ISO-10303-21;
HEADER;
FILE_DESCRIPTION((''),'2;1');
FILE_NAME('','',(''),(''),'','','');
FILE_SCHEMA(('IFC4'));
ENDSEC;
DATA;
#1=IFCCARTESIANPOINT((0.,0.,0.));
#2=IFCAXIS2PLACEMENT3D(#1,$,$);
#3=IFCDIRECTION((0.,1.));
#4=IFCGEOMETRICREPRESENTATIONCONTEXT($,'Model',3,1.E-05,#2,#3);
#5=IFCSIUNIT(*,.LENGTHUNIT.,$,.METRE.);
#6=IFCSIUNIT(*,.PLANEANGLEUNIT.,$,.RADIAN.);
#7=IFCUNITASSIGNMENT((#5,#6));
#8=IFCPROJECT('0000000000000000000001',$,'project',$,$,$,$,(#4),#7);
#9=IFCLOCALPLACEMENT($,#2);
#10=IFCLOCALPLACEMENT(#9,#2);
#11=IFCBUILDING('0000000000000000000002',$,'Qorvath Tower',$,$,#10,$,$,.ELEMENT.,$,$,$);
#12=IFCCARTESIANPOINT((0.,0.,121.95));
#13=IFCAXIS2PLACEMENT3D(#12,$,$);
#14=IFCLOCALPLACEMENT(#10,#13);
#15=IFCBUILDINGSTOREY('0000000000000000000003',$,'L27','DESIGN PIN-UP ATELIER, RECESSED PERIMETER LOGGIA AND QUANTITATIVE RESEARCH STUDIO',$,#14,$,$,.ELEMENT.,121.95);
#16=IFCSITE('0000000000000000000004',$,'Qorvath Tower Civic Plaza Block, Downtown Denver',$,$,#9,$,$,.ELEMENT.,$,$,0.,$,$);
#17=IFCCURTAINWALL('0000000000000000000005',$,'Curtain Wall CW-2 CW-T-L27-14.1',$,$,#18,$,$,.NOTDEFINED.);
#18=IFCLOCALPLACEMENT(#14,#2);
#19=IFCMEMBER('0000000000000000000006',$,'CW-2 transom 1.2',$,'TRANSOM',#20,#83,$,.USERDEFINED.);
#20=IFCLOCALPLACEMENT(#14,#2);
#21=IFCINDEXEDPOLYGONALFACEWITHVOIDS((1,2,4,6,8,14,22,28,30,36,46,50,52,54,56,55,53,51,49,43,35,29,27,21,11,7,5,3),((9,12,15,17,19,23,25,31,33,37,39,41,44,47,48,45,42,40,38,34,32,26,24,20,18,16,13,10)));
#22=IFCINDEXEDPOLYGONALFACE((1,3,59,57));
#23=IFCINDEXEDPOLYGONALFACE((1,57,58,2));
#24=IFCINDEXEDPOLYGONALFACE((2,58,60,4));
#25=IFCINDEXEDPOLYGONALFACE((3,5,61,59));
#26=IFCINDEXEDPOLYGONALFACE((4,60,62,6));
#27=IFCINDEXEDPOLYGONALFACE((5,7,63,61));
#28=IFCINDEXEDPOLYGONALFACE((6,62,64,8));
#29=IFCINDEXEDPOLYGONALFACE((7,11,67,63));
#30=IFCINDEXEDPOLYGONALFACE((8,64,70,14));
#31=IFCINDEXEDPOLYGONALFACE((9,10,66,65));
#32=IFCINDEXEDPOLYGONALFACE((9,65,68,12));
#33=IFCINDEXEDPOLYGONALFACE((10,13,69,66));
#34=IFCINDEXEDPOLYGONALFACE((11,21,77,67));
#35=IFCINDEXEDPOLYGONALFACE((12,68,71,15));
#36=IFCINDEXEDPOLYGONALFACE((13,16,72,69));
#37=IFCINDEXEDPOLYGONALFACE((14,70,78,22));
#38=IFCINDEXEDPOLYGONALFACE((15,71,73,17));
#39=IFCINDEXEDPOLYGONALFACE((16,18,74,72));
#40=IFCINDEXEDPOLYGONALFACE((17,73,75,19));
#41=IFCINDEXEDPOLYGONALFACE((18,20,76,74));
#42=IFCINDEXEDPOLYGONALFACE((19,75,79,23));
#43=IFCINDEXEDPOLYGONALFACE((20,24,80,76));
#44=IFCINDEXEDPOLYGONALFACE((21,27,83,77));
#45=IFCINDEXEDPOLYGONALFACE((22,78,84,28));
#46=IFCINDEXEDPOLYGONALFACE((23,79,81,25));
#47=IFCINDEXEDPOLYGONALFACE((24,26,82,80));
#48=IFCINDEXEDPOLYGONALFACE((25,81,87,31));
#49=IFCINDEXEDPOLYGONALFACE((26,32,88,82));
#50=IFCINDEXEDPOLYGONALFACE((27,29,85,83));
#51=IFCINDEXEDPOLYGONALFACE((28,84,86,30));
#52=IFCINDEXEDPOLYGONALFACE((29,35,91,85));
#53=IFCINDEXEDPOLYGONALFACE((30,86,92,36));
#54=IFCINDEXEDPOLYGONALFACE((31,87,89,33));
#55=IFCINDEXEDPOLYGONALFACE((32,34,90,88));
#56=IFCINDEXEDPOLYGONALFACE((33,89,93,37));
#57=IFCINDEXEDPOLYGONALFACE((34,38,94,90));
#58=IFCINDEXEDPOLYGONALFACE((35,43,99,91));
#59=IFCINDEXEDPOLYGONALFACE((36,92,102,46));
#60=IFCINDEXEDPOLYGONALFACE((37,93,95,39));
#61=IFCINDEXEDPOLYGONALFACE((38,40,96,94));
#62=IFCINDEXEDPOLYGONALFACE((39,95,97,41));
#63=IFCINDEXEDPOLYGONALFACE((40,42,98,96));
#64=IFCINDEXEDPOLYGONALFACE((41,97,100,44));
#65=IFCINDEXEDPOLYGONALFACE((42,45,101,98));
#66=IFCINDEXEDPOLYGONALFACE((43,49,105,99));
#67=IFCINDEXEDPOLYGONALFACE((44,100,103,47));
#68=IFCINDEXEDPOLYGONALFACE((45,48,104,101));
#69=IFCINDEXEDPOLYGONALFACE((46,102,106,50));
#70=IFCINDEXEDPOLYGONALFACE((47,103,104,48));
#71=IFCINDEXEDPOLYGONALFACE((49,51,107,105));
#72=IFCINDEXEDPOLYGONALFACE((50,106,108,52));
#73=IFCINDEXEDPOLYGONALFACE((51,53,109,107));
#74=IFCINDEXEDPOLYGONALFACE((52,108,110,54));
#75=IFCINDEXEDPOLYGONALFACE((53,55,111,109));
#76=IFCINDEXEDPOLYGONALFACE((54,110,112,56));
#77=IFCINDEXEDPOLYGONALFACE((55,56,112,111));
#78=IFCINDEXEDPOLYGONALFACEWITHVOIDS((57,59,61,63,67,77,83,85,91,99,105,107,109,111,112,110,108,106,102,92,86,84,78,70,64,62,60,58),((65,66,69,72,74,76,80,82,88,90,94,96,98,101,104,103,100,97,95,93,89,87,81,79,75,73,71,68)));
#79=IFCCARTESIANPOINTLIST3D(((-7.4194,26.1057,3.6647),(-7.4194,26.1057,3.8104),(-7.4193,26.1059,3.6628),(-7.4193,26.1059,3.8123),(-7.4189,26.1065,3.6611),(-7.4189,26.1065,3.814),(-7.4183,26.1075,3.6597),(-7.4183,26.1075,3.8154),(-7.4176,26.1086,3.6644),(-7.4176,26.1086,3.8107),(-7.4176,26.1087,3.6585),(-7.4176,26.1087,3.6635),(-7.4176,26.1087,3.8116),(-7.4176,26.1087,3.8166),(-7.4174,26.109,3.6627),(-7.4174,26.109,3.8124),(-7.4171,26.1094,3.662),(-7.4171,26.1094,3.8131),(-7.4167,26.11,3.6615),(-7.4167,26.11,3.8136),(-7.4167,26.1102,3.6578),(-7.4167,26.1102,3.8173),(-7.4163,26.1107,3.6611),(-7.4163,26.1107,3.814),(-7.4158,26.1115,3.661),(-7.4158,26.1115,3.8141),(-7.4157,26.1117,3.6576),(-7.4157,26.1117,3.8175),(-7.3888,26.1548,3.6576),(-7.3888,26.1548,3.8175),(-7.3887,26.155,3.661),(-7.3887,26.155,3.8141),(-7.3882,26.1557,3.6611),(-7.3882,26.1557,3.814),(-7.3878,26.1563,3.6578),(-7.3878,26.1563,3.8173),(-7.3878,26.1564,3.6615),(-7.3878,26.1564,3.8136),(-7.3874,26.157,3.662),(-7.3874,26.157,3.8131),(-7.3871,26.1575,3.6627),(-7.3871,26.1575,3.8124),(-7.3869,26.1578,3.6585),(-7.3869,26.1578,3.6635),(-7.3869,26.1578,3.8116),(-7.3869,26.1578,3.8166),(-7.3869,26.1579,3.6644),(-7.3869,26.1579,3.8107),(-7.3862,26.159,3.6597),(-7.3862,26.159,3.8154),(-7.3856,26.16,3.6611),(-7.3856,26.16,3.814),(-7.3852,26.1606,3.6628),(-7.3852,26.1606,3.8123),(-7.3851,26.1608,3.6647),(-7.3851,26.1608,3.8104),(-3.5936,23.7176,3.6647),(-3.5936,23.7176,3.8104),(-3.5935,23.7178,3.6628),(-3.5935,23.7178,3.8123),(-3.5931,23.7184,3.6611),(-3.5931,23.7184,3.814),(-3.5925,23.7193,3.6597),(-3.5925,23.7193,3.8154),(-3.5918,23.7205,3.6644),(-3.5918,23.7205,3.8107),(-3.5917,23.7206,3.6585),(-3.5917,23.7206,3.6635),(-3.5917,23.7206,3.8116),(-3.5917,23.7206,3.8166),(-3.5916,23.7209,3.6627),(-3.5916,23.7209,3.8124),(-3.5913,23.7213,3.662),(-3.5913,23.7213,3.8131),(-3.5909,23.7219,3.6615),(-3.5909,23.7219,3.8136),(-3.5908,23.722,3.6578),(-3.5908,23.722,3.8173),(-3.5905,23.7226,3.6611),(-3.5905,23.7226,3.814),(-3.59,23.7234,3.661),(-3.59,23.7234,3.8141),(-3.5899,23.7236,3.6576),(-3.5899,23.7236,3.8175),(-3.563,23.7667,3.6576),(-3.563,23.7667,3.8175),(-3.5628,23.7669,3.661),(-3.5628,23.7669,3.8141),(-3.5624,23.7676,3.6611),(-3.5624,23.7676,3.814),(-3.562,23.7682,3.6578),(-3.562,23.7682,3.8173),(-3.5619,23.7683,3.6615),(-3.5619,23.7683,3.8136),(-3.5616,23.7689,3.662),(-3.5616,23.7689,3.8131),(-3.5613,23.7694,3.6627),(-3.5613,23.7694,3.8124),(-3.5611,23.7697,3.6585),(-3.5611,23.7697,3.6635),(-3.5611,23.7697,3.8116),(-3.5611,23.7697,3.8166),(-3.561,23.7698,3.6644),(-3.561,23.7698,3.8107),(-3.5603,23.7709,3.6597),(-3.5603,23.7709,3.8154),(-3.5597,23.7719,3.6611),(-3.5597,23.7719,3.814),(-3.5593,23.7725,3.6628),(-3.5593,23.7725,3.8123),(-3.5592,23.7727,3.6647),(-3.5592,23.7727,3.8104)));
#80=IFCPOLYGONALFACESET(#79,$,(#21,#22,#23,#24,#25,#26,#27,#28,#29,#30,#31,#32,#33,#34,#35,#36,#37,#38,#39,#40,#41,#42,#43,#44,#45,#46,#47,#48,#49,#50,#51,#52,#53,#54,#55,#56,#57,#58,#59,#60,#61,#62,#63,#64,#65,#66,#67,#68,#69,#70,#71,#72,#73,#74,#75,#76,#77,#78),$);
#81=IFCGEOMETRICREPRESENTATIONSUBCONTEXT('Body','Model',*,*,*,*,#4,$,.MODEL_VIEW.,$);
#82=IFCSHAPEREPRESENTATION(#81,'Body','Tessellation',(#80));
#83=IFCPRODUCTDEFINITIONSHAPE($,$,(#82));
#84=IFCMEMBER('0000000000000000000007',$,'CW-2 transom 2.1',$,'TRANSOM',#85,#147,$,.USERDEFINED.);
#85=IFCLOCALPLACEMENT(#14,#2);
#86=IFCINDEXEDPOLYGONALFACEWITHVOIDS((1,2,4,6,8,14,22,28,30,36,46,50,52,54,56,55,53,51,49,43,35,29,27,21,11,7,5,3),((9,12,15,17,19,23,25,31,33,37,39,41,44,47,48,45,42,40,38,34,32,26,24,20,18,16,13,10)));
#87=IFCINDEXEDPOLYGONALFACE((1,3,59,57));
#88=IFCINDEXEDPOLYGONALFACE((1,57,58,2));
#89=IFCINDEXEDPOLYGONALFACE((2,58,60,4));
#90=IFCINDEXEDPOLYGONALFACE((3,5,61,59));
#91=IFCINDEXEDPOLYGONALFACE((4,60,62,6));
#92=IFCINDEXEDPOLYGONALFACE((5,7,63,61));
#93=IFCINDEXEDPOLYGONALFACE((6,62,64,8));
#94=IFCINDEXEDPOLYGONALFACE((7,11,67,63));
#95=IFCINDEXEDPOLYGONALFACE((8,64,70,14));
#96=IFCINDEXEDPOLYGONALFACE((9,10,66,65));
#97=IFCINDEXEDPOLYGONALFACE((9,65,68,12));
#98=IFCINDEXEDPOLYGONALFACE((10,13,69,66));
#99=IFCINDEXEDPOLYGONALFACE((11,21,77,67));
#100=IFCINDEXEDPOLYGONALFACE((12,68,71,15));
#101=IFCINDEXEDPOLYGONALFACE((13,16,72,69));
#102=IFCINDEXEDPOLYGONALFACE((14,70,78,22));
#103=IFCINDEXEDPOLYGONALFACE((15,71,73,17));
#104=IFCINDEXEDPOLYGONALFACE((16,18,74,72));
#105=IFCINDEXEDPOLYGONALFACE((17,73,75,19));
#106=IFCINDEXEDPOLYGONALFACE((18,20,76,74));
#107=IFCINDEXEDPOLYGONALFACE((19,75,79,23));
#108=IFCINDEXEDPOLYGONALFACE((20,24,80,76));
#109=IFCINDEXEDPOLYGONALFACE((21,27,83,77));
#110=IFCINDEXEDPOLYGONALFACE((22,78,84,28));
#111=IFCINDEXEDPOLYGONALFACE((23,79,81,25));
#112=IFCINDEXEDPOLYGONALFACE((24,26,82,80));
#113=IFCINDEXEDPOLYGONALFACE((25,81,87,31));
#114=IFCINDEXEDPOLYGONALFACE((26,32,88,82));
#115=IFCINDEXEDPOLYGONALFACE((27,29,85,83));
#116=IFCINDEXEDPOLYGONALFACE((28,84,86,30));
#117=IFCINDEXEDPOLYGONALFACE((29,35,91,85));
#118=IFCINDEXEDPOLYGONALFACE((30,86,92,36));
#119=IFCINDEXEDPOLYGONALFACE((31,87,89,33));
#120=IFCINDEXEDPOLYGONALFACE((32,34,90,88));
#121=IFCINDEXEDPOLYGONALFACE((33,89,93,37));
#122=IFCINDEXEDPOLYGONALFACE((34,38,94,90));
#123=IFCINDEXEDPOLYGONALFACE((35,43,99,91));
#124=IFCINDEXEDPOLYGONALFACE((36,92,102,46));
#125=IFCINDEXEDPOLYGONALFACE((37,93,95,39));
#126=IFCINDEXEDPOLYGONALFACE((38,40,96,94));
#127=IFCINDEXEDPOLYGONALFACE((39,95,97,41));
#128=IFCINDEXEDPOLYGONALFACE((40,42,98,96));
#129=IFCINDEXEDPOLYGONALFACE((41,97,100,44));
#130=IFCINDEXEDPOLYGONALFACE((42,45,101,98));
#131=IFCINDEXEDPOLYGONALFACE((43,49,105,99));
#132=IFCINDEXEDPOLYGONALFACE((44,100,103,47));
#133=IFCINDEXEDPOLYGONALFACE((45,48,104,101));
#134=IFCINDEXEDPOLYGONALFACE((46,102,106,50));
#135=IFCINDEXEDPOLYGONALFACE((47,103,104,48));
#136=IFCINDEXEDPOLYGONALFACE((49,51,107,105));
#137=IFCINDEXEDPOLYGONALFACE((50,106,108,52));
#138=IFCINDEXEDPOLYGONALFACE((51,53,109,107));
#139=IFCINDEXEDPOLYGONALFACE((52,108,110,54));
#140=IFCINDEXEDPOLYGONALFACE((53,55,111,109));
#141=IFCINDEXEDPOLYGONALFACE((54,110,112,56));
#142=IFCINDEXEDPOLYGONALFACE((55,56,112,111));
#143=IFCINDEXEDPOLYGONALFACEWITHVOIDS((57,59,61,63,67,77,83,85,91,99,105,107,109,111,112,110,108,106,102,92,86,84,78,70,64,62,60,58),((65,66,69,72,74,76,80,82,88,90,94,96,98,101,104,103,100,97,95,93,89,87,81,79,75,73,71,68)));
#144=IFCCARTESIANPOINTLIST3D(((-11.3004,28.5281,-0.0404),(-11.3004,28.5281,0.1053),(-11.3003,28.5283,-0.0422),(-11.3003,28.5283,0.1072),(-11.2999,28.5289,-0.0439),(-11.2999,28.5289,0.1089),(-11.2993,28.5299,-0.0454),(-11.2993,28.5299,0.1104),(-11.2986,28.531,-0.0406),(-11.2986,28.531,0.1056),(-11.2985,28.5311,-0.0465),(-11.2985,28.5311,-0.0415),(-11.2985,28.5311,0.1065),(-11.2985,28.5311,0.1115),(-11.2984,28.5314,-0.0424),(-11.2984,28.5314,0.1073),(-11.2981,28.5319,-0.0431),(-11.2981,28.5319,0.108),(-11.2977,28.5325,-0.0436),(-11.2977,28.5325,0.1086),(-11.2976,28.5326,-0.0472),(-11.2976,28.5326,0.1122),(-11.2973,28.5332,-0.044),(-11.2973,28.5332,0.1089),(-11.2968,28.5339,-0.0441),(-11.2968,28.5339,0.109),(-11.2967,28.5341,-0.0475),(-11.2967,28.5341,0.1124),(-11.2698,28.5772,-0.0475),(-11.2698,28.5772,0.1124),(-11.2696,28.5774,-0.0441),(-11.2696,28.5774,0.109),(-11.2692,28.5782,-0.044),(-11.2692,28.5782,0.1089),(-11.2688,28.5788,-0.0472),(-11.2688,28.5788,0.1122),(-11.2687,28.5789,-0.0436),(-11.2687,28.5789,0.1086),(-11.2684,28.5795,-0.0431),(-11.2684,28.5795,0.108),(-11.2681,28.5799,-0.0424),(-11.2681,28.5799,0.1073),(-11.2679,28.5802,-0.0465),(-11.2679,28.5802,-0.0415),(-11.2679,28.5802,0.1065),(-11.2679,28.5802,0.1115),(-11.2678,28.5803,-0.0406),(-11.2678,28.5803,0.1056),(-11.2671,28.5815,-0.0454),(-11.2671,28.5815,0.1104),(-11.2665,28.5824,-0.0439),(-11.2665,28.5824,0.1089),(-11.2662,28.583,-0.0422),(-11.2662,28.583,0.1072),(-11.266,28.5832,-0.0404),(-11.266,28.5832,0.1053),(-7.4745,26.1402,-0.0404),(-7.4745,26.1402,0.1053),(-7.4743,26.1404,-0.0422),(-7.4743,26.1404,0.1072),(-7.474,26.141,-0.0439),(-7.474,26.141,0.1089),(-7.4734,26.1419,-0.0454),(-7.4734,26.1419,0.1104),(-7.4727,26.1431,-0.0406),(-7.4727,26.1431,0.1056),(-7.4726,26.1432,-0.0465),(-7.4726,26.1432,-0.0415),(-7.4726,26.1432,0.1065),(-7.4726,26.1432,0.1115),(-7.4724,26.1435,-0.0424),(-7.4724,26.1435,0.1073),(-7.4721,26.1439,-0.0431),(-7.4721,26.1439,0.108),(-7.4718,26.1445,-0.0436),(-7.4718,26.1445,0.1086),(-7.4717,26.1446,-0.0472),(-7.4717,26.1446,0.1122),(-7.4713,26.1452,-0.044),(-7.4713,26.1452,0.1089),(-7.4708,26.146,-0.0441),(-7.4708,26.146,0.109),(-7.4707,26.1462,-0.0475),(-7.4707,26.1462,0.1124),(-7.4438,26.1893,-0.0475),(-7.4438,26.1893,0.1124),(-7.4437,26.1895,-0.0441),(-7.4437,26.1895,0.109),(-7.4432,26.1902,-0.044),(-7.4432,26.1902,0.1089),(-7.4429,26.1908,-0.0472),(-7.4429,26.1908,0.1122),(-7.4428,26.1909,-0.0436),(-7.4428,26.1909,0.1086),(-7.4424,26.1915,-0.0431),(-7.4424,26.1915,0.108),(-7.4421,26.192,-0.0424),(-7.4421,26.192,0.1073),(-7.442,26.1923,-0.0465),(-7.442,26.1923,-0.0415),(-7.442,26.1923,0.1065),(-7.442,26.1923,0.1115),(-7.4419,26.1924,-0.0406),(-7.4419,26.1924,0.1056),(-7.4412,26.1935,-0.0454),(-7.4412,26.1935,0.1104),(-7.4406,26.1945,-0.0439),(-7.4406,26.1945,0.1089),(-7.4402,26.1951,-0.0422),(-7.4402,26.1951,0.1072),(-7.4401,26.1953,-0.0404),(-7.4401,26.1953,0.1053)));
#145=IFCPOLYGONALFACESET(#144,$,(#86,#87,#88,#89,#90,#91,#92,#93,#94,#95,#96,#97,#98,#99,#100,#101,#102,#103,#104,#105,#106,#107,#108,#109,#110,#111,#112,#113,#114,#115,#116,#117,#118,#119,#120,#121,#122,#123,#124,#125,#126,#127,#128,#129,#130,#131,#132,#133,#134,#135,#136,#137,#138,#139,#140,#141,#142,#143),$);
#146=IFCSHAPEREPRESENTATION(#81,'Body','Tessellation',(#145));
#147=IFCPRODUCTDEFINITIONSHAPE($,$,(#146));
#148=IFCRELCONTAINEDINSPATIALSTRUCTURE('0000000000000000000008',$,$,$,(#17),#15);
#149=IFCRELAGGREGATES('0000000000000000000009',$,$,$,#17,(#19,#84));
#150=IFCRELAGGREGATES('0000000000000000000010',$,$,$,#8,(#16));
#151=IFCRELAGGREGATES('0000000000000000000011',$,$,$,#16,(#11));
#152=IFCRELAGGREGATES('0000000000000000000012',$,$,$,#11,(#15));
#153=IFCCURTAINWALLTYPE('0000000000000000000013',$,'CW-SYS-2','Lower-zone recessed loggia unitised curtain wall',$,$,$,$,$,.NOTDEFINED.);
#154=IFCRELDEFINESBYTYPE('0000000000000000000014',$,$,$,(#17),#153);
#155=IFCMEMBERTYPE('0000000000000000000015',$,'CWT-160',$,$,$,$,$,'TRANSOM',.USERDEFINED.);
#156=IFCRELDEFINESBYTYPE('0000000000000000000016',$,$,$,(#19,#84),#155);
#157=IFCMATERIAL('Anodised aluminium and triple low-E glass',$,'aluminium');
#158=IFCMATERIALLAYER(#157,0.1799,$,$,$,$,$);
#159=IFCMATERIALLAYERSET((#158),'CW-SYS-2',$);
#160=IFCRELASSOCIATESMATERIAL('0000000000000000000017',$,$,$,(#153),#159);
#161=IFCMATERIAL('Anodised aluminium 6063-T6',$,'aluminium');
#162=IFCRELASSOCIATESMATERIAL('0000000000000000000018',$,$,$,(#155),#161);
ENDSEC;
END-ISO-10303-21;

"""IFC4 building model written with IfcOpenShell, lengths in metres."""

from ifc_helpers import new_model, si_unit, direction, frame, origin, origin_2d, place, context, subcontext, project, spatial, hollow_rectangle, extrude, material, layer, layer_set, material_profile, profile_set, type_object, element, aggregate, save


model = new_model("IFC4")

# Units and contexts
model_context = context("Model", 3, precision=1e-05, world=origin(), true_north=direction((0.0, 1.0)))
body_context = subcontext(model_context, "Body", "Model", "MODEL_VIEW")
ifc_project = project(units=[si_unit("LENGTHUNIT", "METRE"), si_unit("PLANEANGLEUNIT", "RADIAN")], contexts=[model_context])

# Site, building, storey
site_placement = place(None, origin())
site = spatial("IfcSite", under=ifc_project, at=site_placement, Name="Qorvath Tower Civic Plaza Block, Downtown Denver", CompositionType="ELEMENT", RefElevation=0.0)
building_placement = place(site_placement, origin())
building = spatial("IfcBuilding", under=site, at=building_placement, Name="Qorvath Tower", CompositionType="ELEMENT")
storey_placement = place(building_placement, frame((0.0, 0.0, 121.95)))
storey = spatial("IfcBuildingStorey", under=building, at=storey_placement, Name="L27", Description="DESIGN PIN-UP ATELIER, RECESSED PERIMETER LOGGIA AND QUANTITATIVE RESEARCH STUDIO", CompositionType="ELEMENT", Elevation=121.95)

# Shared definitions
ifc_material_1 = material(Name="Anodised aluminium and triple low-E glass", Category="aluminium")
ifc_layer_1 = layer(ifc_material_1, 0.1799)
ifc_layer_set_1 = layer_set([ifc_layer_1], Name="CW-SYS-2")
curtain_wall_type = type_object("IfcCurtainWallType", Name="CW-SYS-2", Description="Lower-zone recessed loggia unitised curtain wall", PredefinedType="NOTDEFINED", material=ifc_layer_set_1)

# Curtain wall
curtain_wall_1_placement = place(storey_placement, origin())
curtain_wall_1 = element("IfcCurtainWall", 1, at=curtain_wall_1_placement, inside=storey, type_object=curtain_wall_type, Name="Curtain Wall CW-2 CW-T-L27-14.1", PredefinedType="NOTDEFINED")

# Members
ifc_material_2 = material(Name="Anodised aluminium 6063-T6", Category="aluminium")
ifc_material_profile_1 = material_profile(ifc_material_2, hollow_rectangle(XDim=0.0649, YDim=0.1599, WallThickness=0.0034, InnerFilletRadius=0.0034, OuterFilletRadius=0.0071, at=origin_2d()), Name="CWT 160x65")
ifc_profile_set_1 = profile_set([ifc_material_profile_1], Name="Anodised aluminium 6063-T6")
member_type_1 = type_object("IfcMemberType", Name="CWT-160", ElementType="TRANSOM", PredefinedType="USERDEFINED", material=ifc_profile_set_1)
member_1_placement = place(storey_placement, frame((-3.5764, 23.7451, 3.7375), z_axis=(-0.848299, 0.529517, 0.0), x_axis=(-0.529517, -0.848299, 0.0)))
member_1 = element("IfcMember", 2, at=member_1_placement, type_object=member_type_1, Name="CW-2 transom 1.2", ObjectType="TRANSOM", PredefinedType="USERDEFINED", context=body_context, shape_type="SweptSolid", body=[
    extrude(hollow_rectangle(XDim=0.0649, YDim=0.1599, WallThickness=0.0034, InnerFilletRadius=0.0034, OuterFilletRadius=0.0071, at=origin_2d()), origin(), (0.0, 0.0, 1.0), 4.51),
])
member_2_placement = place(storey_placement, frame((-7.4573, 26.1677, 0.0325), z_axis=(-0.848324, 0.529478, 0.0), x_axis=(-0.529478, -0.848324, 0.0)))
member_2 = element("IfcMember", 3, at=member_2_placement, type_object=member_type_1, Name="CW-2 transom 2.1", ObjectType="TRANSOM", PredefinedType="USERDEFINED", context=body_context, shape_type="SweptSolid", body=[
    extrude(hollow_rectangle(XDim=0.0649, YDim=0.1599, WallThickness=0.0034, InnerFilletRadius=0.0034, OuterFilletRadius=0.0071, at=origin_2d()), origin(), (0.0, 0.0, 1.0), 4.51),
])

aggregate(curtain_wall_1, [member_1, member_2])

save(model, "model.ifc")
